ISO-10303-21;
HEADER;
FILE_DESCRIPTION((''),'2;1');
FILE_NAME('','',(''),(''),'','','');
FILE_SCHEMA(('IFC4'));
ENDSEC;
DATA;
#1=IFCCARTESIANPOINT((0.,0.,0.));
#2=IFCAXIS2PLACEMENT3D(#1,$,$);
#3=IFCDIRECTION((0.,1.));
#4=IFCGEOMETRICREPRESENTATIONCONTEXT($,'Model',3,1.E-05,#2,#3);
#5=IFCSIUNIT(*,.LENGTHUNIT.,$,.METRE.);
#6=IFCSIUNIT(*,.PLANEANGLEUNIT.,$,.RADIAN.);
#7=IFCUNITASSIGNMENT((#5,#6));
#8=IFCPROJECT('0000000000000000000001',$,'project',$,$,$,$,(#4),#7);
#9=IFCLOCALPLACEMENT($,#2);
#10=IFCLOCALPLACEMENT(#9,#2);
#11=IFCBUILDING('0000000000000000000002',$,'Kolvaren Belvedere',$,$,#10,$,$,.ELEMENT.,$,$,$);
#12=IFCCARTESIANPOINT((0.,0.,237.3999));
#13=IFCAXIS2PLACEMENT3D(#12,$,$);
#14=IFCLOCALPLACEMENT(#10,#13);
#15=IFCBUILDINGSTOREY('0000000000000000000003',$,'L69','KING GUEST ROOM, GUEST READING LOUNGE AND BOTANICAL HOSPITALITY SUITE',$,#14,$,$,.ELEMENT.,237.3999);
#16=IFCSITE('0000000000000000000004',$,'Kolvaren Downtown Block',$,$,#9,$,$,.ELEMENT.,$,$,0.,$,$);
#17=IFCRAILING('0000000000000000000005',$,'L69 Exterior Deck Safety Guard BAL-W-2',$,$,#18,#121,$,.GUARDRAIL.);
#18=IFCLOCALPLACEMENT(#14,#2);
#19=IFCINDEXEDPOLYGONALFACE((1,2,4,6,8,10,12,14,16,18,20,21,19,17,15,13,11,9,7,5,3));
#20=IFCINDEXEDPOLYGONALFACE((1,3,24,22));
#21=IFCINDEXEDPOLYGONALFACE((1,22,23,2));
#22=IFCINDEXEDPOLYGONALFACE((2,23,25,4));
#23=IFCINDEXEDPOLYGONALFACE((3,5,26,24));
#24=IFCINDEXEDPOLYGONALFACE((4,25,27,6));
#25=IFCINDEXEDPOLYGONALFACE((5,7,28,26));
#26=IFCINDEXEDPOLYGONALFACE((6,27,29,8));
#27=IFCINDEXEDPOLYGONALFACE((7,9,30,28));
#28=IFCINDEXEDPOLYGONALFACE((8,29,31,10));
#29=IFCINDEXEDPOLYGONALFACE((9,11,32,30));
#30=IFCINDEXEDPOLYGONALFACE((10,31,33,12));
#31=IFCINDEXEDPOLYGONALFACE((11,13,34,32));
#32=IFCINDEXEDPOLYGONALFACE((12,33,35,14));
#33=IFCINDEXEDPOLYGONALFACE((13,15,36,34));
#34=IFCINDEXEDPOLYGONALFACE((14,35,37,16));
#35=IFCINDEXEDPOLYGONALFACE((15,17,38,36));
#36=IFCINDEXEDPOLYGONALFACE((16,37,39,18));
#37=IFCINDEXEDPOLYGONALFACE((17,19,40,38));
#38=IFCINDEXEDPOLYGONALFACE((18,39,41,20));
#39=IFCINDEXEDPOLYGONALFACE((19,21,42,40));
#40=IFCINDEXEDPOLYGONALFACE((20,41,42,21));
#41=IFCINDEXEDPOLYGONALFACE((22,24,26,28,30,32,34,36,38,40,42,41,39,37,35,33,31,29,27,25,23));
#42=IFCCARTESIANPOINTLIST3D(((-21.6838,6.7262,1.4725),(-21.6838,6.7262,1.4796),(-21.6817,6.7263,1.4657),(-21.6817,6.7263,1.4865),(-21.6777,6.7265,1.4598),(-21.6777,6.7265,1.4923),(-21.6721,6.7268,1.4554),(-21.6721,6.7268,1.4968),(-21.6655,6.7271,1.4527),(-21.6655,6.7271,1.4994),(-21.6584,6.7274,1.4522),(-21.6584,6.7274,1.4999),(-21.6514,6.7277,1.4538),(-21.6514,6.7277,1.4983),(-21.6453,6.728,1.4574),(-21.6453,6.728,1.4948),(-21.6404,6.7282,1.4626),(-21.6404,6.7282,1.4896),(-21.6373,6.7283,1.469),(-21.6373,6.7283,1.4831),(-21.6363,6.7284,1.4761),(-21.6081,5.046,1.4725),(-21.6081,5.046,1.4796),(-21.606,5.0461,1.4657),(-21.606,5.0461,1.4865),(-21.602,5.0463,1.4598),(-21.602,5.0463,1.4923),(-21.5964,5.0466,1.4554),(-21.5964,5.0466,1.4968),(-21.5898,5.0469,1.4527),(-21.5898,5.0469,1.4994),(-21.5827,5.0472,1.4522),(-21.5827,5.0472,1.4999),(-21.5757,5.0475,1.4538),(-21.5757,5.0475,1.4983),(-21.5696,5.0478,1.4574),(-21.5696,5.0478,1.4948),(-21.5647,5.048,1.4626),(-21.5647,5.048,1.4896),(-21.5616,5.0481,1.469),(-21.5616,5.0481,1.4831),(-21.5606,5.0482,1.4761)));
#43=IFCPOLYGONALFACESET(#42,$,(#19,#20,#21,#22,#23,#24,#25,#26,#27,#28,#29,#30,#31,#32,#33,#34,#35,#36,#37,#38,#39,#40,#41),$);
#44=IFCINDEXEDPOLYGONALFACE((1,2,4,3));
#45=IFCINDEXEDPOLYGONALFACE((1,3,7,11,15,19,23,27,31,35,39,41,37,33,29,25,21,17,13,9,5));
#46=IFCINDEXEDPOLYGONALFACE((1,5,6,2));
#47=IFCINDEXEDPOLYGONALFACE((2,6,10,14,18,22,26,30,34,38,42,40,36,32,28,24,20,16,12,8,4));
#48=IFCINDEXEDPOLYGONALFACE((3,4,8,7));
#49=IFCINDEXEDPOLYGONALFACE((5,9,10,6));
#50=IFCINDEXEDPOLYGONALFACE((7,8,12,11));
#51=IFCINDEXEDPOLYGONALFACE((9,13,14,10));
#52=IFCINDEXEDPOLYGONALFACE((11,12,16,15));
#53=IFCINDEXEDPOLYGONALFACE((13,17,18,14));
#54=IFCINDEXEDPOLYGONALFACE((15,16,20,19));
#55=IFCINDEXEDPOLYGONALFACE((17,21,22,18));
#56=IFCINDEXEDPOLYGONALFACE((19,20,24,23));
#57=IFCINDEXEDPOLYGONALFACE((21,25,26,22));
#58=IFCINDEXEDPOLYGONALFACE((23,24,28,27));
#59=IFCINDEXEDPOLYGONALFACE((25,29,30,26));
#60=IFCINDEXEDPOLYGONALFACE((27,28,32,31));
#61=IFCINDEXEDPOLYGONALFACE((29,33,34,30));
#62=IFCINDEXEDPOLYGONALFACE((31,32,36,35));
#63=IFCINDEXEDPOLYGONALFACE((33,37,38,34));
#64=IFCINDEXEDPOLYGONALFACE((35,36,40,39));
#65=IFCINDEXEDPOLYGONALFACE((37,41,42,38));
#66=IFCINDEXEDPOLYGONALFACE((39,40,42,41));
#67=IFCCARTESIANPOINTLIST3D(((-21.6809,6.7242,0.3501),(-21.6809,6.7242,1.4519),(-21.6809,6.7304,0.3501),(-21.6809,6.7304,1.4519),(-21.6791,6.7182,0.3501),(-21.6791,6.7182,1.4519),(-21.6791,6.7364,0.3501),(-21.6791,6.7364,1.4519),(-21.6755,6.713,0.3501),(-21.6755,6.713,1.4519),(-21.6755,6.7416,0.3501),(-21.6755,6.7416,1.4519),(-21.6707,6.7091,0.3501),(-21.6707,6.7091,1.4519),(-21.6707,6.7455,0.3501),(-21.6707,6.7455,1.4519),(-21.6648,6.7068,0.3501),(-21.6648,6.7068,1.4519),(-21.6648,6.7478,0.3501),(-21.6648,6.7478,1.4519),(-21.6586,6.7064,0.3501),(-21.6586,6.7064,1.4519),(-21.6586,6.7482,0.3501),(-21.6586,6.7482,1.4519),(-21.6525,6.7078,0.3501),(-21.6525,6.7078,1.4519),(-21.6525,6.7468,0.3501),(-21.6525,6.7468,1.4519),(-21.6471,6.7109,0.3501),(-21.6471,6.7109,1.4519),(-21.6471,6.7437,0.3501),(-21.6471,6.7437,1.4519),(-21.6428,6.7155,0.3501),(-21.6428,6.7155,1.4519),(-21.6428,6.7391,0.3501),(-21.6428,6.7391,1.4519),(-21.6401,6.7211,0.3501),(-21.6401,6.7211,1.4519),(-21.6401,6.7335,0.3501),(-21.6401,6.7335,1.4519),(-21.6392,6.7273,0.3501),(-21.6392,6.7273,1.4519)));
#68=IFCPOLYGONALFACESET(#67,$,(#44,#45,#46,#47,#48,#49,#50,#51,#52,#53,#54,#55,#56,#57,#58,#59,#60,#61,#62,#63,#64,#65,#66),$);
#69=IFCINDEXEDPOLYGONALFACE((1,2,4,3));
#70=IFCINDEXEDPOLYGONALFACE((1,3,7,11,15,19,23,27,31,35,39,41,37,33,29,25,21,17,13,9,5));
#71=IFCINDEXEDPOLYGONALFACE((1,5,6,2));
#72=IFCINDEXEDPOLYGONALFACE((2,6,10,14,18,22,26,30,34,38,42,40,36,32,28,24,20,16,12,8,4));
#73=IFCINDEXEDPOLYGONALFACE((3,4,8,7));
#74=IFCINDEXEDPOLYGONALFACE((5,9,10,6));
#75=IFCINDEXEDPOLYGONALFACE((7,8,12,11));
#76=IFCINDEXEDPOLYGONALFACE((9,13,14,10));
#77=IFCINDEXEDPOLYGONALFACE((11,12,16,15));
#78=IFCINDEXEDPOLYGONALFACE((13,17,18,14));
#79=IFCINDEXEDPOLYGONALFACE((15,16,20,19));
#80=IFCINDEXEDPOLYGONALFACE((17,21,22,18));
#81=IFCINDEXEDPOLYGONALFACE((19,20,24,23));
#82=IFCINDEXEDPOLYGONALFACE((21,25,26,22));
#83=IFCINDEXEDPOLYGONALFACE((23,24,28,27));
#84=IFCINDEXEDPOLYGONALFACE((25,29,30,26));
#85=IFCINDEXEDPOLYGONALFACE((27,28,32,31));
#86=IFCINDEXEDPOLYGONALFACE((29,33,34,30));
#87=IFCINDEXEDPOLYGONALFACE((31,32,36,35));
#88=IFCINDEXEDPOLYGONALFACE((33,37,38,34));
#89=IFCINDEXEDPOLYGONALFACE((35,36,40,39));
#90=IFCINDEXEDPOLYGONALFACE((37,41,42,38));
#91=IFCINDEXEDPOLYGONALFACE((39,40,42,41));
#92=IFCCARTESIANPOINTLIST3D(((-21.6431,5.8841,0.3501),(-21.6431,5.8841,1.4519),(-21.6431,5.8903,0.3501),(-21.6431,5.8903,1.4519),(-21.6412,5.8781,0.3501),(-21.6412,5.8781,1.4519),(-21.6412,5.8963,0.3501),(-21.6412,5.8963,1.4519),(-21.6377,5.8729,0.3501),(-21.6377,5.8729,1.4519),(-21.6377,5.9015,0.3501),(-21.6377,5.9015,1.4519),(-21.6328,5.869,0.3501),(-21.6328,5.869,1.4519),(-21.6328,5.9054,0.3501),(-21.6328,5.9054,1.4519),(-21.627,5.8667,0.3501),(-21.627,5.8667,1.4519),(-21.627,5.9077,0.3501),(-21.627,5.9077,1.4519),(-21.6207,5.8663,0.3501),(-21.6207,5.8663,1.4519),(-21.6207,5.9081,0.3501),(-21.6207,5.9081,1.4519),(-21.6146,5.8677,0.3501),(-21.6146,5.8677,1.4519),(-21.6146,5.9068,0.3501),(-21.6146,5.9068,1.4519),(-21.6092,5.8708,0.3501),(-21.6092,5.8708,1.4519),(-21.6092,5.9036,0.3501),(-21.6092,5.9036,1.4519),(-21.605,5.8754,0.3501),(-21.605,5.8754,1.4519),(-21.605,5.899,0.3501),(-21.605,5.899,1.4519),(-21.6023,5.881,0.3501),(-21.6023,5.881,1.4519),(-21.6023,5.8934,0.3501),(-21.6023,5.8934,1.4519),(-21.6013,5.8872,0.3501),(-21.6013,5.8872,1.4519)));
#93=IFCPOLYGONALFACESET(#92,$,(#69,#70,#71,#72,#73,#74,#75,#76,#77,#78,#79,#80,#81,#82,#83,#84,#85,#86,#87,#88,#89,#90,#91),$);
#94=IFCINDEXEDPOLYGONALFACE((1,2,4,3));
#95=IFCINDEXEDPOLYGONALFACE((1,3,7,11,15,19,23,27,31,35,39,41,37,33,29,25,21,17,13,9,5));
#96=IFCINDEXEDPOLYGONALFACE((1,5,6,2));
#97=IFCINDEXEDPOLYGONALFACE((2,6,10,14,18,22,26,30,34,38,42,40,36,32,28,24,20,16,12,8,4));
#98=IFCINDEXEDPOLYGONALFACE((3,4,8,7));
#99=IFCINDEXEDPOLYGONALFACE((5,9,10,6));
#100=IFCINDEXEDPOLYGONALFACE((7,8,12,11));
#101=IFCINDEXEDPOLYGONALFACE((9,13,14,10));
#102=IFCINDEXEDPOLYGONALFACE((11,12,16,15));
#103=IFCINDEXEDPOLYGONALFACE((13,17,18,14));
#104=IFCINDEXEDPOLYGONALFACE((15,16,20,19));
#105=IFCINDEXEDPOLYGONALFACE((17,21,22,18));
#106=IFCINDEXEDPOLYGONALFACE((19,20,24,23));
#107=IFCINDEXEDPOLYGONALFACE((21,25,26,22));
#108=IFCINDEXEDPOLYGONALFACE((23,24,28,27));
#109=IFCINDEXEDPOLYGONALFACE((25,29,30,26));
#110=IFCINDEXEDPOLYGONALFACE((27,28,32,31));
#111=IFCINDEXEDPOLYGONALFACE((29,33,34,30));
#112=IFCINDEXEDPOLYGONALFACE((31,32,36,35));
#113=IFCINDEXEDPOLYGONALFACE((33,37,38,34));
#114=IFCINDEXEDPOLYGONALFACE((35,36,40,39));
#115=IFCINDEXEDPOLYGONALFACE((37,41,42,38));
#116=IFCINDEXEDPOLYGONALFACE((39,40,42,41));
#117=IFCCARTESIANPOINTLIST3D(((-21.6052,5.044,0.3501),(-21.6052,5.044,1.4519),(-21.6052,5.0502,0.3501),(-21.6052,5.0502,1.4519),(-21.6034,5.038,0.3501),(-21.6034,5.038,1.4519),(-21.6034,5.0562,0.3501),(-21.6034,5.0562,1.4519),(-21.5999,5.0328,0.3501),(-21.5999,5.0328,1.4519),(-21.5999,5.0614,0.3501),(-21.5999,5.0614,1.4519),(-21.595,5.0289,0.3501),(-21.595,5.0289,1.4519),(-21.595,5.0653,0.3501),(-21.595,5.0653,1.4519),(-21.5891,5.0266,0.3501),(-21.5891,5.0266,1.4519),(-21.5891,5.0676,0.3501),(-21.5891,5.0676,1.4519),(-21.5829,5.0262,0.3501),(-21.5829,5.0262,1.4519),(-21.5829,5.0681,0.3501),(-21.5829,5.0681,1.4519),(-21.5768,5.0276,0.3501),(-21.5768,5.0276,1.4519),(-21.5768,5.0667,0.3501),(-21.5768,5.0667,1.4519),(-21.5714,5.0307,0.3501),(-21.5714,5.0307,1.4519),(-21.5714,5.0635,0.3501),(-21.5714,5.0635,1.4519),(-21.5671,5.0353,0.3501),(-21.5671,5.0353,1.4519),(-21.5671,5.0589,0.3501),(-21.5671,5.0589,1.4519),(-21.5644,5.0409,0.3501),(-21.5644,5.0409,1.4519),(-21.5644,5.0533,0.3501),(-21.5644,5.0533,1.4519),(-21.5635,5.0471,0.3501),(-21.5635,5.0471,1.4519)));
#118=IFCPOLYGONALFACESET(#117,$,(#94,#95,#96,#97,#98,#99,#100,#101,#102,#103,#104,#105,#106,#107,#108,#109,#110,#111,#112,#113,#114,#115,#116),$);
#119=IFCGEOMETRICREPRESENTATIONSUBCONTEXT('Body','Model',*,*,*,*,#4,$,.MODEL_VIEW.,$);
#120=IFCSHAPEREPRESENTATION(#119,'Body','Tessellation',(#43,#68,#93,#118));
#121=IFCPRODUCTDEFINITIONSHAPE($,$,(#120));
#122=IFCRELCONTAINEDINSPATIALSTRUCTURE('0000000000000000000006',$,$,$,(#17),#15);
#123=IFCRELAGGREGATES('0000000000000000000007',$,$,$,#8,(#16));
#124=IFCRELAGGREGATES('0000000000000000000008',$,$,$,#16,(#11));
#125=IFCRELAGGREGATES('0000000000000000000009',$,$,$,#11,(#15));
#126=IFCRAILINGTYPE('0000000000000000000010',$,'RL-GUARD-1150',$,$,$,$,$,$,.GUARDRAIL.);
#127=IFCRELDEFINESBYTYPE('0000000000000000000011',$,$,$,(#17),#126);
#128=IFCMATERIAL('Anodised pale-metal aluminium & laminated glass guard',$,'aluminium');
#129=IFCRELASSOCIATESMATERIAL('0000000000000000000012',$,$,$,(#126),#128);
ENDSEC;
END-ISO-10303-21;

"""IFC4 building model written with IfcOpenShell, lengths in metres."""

from ifc_helpers import new_model, si_unit, direction, frame, origin, origin_2d, place, context, subcontext, project, spatial, circle, extrude, material, type_object, element, save


model = new_model("IFC4")

# Units and contexts
model_context = context("Model", 3, precision=1e-05, world=origin(), true_north=direction((0.0, 1.0)))
body_context = subcontext(model_context, "Body", "Model", "MODEL_VIEW")
ifc_project = project(units=[si_unit("LENGTHUNIT", "METRE"), si_unit("PLANEANGLEUNIT", "RADIAN")], contexts=[model_context])

# Site, building, storey
site_placement = place(None, origin())
site = spatial("IfcSite", under=ifc_project, at=site_placement, Name="Kolvaren Downtown Block", CompositionType="ELEMENT", RefElevation=0.0)
building_placement = place(site_placement, origin())
building = spatial("IfcBuilding", under=site, at=building_placement, Name="Kolvaren Belvedere", CompositionType="ELEMENT")
storey_placement = place(building_placement, frame((0.0, 0.0, 237.3999)))
storey = spatial("IfcBuildingStorey", under=building, at=storey_placement, Name="L69", Description="KING GUEST ROOM, GUEST READING LOUNGE AND BOTANICAL HOSPITALITY SUITE", CompositionType="ELEMENT", Elevation=237.3999)

# Railing
ifc_material_1 = material(Name="Anodised pale-metal aluminium & laminated glass guard", Category="aluminium")
railing_type = type_object("IfcRailingType", Name="RL-GUARD-1150", PredefinedType="GUARDRAIL", material=ifc_material_1)
railing_1_placement = place(storey_placement, frame((-21.6602, 6.7273, 0.3501)))
element("IfcRailing", 1, at=railing_1_placement, inside=storey, type_object=railing_type, Name="L69 Exterior Deck Safety Guard BAL-W-2", PredefinedType="GUARDRAIL", context=body_context, shape_type="SweptSolid", body=[
    extrude(circle(Radius=0.0239, at=origin_2d()), frame((0.0, 0.0, 1.126), z_axis=(0.044999, -0.998987, 0.0), x_axis=(0.998987, 0.044999, 0.0)), (0.0, 0.0, 1.0), 1.6819),
    extrude(circle(Radius=0.021, at=origin_2d()), origin(), (0.0, 0.0, 1.0), 1.1018),
    extrude(circle(Radius=0.021, at=origin_2d()), frame((0.0378, -0.8401, 0.0)), (0.0, 0.0, 1.0), 1.1018),
    extrude(circle(Radius=0.021, at=origin_2d()), frame((0.0757, -1.6802, 0.0)), (0.0, 0.0, 1.0), 1.1018),
])

save(model, "model.ifc")
